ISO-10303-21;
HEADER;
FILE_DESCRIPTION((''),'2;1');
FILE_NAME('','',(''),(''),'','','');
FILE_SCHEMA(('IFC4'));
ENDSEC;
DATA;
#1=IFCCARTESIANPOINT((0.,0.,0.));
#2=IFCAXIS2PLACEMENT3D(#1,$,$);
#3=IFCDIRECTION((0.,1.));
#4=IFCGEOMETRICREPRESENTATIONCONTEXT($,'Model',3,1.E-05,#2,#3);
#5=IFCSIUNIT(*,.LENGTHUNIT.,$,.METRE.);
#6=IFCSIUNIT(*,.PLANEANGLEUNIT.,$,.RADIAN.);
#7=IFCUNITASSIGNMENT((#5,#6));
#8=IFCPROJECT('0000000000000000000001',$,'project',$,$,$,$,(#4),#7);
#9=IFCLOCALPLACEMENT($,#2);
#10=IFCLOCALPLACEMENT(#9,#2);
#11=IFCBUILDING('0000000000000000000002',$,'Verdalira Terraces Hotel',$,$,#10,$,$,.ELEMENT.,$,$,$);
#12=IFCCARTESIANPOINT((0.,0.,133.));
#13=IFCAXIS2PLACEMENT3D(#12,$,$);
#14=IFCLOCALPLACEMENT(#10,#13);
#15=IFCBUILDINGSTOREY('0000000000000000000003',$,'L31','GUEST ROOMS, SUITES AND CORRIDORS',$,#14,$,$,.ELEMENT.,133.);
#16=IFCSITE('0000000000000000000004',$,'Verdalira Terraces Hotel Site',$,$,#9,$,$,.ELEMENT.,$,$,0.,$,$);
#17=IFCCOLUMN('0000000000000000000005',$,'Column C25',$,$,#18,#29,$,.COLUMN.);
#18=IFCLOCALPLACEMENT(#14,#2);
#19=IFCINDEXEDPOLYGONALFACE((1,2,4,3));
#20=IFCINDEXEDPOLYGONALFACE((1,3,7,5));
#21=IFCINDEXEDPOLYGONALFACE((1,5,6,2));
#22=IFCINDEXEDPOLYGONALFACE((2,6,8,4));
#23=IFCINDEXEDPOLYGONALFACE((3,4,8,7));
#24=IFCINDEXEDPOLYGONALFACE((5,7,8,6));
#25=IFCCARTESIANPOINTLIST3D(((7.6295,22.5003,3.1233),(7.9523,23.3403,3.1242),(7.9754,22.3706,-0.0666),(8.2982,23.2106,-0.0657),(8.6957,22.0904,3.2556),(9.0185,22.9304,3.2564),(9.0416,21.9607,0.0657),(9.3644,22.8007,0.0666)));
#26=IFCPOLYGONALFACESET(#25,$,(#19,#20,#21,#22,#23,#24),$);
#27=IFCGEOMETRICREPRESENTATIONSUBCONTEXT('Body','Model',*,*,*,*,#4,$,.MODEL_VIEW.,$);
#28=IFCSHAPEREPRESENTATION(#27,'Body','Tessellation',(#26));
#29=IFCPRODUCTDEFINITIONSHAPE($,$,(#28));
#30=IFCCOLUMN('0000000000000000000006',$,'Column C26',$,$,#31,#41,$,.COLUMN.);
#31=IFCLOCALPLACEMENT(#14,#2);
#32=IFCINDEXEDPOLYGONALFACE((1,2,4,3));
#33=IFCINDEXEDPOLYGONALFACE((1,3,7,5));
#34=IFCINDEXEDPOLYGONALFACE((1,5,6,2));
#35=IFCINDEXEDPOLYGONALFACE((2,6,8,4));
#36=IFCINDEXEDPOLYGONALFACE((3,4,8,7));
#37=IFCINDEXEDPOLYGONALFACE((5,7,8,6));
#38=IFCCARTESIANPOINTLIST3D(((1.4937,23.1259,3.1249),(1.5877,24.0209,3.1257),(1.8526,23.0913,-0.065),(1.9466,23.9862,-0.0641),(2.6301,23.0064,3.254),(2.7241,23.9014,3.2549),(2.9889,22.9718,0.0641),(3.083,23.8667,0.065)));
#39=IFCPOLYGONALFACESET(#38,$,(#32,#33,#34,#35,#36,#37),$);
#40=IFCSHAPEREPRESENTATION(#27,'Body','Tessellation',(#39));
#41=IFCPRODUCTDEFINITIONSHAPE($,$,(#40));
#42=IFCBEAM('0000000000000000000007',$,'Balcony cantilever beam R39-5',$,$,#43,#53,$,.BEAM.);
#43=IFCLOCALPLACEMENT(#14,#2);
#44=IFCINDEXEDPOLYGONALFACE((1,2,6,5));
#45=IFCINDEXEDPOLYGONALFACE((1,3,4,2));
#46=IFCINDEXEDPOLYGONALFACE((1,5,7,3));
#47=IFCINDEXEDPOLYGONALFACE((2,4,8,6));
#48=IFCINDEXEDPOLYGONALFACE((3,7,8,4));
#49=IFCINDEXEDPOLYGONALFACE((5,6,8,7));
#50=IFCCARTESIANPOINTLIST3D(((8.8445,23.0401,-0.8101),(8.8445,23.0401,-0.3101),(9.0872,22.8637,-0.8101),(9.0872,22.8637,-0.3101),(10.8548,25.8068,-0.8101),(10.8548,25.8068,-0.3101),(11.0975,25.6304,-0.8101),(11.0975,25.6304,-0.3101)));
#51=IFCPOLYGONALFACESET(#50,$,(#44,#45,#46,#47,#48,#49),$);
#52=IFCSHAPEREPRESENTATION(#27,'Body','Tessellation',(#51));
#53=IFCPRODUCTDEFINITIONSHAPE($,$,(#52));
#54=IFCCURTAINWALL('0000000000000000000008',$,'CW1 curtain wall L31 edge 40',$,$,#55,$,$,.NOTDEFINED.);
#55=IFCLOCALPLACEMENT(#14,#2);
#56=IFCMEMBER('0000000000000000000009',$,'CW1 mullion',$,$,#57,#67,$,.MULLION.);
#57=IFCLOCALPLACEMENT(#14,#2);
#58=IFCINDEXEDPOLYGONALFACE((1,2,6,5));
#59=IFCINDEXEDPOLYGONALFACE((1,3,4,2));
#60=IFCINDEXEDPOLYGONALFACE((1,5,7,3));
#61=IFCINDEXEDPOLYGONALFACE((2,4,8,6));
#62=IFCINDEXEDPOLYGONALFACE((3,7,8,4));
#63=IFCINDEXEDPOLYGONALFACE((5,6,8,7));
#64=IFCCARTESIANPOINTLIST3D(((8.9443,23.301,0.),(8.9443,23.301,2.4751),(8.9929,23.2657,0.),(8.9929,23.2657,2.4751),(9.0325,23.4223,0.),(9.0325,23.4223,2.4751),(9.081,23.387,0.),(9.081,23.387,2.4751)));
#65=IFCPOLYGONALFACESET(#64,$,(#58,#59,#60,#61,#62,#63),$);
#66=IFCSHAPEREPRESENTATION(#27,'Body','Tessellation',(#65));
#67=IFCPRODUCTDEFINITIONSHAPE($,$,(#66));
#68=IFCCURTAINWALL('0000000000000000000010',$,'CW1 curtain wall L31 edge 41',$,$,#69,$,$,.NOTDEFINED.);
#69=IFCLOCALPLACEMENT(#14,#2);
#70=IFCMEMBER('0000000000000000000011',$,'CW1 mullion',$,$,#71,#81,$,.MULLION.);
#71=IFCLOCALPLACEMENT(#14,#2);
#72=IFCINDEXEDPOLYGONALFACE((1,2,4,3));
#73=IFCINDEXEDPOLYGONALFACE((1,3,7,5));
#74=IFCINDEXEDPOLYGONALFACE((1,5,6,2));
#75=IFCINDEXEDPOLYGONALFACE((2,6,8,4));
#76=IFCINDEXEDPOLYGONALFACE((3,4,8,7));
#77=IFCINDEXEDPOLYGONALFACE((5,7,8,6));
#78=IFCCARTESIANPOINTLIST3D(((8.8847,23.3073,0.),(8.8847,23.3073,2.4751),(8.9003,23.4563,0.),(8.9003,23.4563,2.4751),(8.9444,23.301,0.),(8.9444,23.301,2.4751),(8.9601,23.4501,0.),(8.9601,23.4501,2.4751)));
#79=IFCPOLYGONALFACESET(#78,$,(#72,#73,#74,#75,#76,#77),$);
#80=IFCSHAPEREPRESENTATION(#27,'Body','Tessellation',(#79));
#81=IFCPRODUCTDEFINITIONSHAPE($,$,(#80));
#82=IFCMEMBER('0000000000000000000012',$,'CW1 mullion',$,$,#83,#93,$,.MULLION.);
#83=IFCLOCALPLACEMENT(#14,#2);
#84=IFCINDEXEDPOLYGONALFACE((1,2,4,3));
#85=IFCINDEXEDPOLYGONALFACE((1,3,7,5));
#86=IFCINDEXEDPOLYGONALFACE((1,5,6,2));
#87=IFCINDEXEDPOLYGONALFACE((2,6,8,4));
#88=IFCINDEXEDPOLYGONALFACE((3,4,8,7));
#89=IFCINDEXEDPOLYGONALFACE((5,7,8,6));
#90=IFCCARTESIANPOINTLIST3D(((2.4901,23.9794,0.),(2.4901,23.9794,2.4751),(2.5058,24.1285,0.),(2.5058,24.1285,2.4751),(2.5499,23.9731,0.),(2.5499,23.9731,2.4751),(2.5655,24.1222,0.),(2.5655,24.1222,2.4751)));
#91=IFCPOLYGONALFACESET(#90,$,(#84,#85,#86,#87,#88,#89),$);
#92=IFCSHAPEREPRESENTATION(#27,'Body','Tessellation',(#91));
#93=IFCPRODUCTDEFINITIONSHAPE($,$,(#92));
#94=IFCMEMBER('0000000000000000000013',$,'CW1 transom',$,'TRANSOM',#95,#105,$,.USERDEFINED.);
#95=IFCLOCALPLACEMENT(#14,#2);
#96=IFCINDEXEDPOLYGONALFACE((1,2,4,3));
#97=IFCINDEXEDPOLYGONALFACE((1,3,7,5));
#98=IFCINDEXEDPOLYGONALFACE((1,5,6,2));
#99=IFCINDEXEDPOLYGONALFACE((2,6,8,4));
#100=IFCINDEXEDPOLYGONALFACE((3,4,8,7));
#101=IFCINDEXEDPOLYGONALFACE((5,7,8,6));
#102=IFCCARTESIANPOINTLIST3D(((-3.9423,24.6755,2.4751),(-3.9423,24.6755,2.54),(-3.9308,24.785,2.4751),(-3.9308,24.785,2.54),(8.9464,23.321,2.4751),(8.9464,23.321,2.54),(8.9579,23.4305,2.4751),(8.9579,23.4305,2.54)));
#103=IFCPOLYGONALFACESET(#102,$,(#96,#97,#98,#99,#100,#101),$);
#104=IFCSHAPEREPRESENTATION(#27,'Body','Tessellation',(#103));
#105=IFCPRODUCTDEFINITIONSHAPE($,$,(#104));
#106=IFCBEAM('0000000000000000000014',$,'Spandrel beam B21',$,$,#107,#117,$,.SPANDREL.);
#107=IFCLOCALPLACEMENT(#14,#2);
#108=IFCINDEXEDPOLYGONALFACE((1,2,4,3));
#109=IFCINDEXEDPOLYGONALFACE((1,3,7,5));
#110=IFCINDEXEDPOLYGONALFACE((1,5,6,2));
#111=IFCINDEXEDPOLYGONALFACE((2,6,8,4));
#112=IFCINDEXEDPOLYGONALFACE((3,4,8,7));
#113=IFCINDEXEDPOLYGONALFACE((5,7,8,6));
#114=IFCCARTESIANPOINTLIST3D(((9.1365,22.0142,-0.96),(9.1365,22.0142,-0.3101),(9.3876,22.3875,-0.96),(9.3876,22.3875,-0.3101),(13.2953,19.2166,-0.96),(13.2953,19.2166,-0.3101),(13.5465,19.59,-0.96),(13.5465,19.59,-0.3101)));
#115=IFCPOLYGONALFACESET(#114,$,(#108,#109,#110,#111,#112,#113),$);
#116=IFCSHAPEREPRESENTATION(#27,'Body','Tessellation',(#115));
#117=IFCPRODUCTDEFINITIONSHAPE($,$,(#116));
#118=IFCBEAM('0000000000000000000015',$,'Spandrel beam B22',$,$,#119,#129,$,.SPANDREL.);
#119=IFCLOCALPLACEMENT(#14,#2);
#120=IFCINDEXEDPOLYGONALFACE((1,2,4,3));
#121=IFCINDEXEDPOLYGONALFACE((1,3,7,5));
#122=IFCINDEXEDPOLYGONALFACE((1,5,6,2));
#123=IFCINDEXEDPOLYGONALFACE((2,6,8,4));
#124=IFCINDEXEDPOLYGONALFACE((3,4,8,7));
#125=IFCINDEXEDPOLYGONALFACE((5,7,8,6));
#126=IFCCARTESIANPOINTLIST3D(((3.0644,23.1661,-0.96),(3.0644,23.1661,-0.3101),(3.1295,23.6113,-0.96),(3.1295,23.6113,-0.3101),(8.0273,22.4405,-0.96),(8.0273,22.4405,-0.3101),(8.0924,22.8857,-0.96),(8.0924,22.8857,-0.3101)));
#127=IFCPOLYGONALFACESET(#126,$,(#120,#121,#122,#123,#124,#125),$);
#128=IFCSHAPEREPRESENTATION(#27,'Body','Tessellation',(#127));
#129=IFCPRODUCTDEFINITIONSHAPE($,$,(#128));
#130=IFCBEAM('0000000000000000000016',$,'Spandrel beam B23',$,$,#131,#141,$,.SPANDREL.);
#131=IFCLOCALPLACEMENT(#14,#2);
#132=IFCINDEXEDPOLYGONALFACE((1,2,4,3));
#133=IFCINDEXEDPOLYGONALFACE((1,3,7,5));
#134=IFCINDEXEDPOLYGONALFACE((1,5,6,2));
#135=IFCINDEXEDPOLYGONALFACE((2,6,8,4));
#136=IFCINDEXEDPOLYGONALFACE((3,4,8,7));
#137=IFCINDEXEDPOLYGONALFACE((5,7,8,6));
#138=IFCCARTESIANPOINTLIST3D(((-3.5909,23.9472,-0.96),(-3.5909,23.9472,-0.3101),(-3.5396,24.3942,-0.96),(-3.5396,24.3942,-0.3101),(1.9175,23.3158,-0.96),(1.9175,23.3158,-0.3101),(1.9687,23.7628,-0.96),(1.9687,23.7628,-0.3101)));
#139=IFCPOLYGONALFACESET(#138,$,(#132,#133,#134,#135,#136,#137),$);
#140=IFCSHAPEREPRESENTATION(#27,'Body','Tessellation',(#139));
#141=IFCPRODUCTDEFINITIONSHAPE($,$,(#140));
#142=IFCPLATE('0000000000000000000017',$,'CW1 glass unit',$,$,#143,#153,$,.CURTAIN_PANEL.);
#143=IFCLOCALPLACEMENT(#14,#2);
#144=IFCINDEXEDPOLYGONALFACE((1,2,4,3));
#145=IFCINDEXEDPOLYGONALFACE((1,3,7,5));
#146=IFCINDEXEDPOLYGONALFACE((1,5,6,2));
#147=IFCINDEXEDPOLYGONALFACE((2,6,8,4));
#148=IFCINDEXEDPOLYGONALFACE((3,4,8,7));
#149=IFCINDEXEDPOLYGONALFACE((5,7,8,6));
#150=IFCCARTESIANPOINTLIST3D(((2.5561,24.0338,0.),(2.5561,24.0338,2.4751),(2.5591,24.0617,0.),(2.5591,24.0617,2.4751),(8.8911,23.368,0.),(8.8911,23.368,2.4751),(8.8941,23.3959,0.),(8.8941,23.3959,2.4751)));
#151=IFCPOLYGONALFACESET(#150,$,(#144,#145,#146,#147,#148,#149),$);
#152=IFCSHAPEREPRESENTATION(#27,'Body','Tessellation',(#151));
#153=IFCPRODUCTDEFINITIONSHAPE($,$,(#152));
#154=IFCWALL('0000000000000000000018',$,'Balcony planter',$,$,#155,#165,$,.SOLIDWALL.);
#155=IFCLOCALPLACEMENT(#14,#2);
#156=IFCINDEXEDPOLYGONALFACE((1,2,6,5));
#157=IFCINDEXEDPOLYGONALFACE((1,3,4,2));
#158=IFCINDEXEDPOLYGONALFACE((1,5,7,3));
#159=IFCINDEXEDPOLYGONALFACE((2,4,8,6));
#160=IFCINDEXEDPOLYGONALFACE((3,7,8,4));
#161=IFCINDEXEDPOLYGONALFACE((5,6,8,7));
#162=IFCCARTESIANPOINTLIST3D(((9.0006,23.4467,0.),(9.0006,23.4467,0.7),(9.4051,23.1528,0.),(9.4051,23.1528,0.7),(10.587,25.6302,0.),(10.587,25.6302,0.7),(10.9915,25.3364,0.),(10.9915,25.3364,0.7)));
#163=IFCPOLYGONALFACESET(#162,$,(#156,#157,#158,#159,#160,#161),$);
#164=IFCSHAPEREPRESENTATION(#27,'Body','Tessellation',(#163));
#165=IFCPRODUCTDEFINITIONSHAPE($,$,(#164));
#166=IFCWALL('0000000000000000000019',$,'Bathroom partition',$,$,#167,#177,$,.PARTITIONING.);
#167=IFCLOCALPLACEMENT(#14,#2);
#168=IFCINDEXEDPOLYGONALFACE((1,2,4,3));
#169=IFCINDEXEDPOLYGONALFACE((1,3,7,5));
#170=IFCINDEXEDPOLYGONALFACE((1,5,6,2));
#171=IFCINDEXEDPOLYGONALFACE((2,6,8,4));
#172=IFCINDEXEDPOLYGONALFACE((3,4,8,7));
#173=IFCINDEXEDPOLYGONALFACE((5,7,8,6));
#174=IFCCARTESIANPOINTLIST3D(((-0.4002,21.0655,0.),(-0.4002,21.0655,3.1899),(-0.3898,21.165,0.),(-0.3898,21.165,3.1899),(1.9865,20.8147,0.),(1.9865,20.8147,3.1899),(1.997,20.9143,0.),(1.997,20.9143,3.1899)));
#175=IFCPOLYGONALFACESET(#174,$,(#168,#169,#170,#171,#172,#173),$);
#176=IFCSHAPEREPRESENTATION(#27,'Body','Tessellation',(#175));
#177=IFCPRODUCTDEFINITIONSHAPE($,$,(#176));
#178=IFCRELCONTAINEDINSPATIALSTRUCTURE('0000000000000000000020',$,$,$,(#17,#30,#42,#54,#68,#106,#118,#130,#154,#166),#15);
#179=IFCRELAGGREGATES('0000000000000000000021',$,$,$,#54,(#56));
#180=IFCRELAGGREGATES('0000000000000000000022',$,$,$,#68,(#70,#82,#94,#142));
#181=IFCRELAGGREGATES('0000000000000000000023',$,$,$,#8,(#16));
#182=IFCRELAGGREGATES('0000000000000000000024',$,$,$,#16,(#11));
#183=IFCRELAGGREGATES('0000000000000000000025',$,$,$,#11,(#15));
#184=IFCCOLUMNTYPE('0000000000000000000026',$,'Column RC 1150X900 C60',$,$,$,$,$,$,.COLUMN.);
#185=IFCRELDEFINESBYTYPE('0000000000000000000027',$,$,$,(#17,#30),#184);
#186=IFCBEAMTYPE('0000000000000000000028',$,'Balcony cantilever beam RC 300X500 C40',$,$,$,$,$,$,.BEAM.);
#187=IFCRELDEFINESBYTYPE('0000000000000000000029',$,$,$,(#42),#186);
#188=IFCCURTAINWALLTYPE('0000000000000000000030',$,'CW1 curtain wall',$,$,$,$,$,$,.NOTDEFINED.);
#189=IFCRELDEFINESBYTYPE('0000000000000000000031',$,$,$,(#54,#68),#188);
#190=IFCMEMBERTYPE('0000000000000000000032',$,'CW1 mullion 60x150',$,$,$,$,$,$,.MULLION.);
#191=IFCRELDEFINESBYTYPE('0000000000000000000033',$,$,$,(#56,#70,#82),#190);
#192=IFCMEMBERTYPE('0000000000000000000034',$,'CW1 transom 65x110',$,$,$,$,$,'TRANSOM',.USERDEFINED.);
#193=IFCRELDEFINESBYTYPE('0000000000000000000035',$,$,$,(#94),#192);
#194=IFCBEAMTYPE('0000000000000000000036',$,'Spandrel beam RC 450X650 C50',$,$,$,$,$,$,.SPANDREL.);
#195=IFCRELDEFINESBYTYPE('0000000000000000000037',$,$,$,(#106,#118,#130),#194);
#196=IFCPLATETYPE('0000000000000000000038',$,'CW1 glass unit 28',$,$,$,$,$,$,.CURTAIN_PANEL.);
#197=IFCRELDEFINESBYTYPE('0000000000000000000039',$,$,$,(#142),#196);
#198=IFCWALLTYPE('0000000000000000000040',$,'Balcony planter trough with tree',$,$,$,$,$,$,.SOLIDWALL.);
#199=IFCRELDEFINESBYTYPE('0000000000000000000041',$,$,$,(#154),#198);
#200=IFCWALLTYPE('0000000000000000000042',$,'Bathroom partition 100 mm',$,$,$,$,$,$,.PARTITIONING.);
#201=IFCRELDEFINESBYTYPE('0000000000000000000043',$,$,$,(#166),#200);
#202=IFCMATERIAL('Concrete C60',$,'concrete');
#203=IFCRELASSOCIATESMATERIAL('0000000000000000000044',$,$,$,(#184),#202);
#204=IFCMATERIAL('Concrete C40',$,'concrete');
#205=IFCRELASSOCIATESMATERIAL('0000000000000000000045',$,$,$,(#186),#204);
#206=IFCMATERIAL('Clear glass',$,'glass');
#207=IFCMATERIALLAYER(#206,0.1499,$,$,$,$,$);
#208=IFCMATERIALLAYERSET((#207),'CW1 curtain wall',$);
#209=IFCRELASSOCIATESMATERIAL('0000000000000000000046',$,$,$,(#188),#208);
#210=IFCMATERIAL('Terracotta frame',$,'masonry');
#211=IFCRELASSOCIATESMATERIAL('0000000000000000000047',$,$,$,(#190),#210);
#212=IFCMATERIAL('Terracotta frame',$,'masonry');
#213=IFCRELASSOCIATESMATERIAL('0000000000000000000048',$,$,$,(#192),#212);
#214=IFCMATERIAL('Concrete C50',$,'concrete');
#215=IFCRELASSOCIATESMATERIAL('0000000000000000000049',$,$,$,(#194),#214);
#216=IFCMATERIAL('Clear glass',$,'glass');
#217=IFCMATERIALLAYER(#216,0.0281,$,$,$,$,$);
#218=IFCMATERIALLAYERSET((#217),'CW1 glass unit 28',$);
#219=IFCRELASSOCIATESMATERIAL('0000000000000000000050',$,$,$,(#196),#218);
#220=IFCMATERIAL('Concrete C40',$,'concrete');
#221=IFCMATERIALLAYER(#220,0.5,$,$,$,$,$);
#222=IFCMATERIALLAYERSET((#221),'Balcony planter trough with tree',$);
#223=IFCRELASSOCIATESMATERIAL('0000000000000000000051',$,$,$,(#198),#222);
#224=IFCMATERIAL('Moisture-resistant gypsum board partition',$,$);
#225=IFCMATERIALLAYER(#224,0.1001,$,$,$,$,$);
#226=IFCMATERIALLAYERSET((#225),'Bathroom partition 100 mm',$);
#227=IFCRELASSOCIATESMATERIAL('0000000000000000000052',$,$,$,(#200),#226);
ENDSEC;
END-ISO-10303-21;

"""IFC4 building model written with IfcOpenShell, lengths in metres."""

from ifc_helpers import new_model, si_unit, direction, frame, frame_2d, origin, origin_2d, place, context, subcontext, project, spatial, rectangle, extrude, material, layer, layer_set, material_profile, profile_set, type_object, element, aggregate, save


model = new_model("IFC4")

# Units and contexts
model_context = context("Model", 3, precision=1e-05, world=origin(), true_north=direction((0.0, 1.0)))
body_context = subcontext(model_context, "Body", "Model", "MODEL_VIEW")
ifc_project = project(units=[si_unit("LENGTHUNIT", "METRE"), si_unit("PLANEANGLEUNIT", "RADIAN")], contexts=[model_context])

# Site, building, storey
site_placement = place(None, origin())
site = spatial("IfcSite", under=ifc_project, at=site_placement, Name="Verdalira Terraces Hotel Site", CompositionType="ELEMENT", RefElevation=0.0)
building_placement = place(site_placement, origin())
building = spatial("IfcBuilding", under=site, at=building_placement, Name="Verdalira Terraces Hotel", CompositionType="ELEMENT")
storey_placement = place(building_placement, frame((0.0, 0.0, 133.0)))
storey = spatial("IfcBuildingStorey", under=building, at=storey_placement, Name="L31", Description="GUEST ROOMS, SUITES AND CORRIDORS", CompositionType="ELEMENT", Elevation=133.0)

# Columns
ifc_material_1 = material(Name="Concrete C60", Category="concrete")
ifc_material_profile_1 = material_profile(ifc_material_1, rectangle(XDim=1.1499, YDim=0.8999, at=origin_2d()), Name="RC 1150X900")
ifc_profile_set_1 = profile_set([ifc_material_profile_1], Name="Concrete C60")
column_type = type_object("IfcColumnType", Name="Column RC 1150X900 C60", PredefinedType="COLUMN", material=ifc_profile_set_1)
column_1_placement = place(storey_placement, frame((8.6699, 22.5857, 0.0), z_axis=(-0.107729, 0.04037, 0.99336), x_axis=(0.927201, -0.356461, 0.115041)))
element("IfcColumn", 1, at=column_1_placement, inside=storey, type_object=column_type, Name="Column C25", PredefinedType="COLUMN", context=body_context, shape_type="SweptSolid", body=[
    extrude(rectangle(XDim=1.1499, YDim=0.8999, at=origin_2d()), origin(), (0.0, 0.0, 1.0), 3.2112),
])
column_2_placement = place(storey_placement, frame((2.4678, 23.479, 0.0), z_axis=(-0.111794, 0.010799, 0.993673), x_axis=(-0.988223, 0.103932, -0.11231)))
element("IfcColumn", 2, at=column_2_placement, inside=storey, type_object=column_type, Name="Column C26", PredefinedType="COLUMN", context=body_context, shape_type="SweptSolid", body=[
    extrude(rectangle(XDim=1.1499, YDim=0.8999, at=origin_2d()), origin(), (0.0, 0.0, 1.0), 3.2102),
])

# Beam
ifc_material_2 = material(Name="Concrete C40", Category="concrete")
ifc_material_profile_2 = material_profile(ifc_material_2, rectangle(XDim=0.3, YDim=0.5, at=origin_2d()), Name="RC 300X500")
ifc_profile_set_2 = profile_set([ifc_material_profile_2], Name="Concrete C40")
beam_type_1 = type_object("IfcBeamType", Name="Balcony cantilever beam RC 300X500 C40", PredefinedType="BEAM", material=ifc_profile_set_2)
beam_1_placement = place(storey_placement, frame((8.9658, 22.9519, -0.5601), z_axis=(0.587824, 0.808989, 0.0), x_axis=(-0.808989, 0.587824, 0.0)))
element("IfcBeam", 3, at=beam_1_placement, inside=storey, type_object=beam_type_1, Name="Balcony cantilever beam R39-5", PredefinedType="BEAM", context=body_context, shape_type="SweptSolid", body=[
    extrude(rectangle(XDim=0.3, YDim=0.5, at=origin_2d()), origin(), (0.0, 0.0, 1.0), 3.4199),
])

# Curtain wall, member
ifc_material_3 = material(Name="Clear glass", Category="glass")
ifc_layer_1 = layer(ifc_material_3, 0.1499)
ifc_layer_set_1 = layer_set([ifc_layer_1], Name="CW1 curtain wall")
curtain_wall_type = type_object("IfcCurtainWallType", Name="CW1 curtain wall", PredefinedType="NOTDEFINED", material=ifc_layer_set_1)
curtain_wall_1_placement = place(storey_placement, origin())
curtain_wall_1 = element("IfcCurtainWall", 4, at=curtain_wall_1_placement, inside=storey, type_object=curtain_wall_type, Name="CW1 curtain wall L31 edge 40", PredefinedType="NOTDEFINED")
ifc_material_4 = material(Name="Terracotta frame", Category="masonry")
ifc_material_profile_3 = material_profile(ifc_material_4, rectangle(XDim=0.0601, YDim=0.1499, at=origin_2d()), Name="MU 60x150")
ifc_profile_set_3 = profile_set([ifc_material_profile_3], Name="Terracotta frame")
member_type_1 = type_object("IfcMemberType", Name="CW1 mullion 60x150", PredefinedType="MULLION", material=ifc_profile_set_3)
member_1_placement = place(storey_placement, frame((9.0127, 23.344, 0.0), z_axis=(0.0, 0.0, 1.0), x_axis=(-0.809017, 0.587785, 0.0)))
member_1 = element("IfcMember", 5, at=member_1_placement, type_object=member_type_1, Name="CW1 mullion", PredefinedType="MULLION", context=body_context, shape_type="SweptSolid", body=[
    extrude(rectangle(XDim=0.0601, YDim=0.1499, at=origin_2d()), origin(), (0.0, 0.0, 1.0), 2.4751),
])
aggregate(curtain_wall_1, [member_1])

# Curtain wall, members
curtain_wall_2_placement = place(storey_placement, origin())
curtain_wall_2 = element("IfcCurtainWall", 6, at=curtain_wall_2_placement, inside=storey, type_object=curtain_wall_type, Name="CW1 curtain wall L31 edge 41", PredefinedType="NOTDEFINED")
member_2_placement = place(storey_placement, frame((8.9224, 23.3787, 0.0), z_axis=(0.0, 0.0, 1.0), x_axis=(-0.994522, 0.104528, 0.0)))
member_2 = element("IfcMember", 7, at=member_2_placement, type_object=member_type_1, Name="CW1 mullion", PredefinedType="MULLION", context=body_context, shape_type="SweptSolid", body=[
    extrude(rectangle(XDim=0.0601, YDim=0.1499, at=origin_2d()), origin(), (0.0, 0.0, 1.0), 2.4751),
])
member_3_placement = place(storey_placement, frame((2.5278, 24.0508, 0.0), z_axis=(0.0, 0.0, 1.0), x_axis=(-0.994522, 0.104528, 0.0)))
member_3 = element("IfcMember", 8, at=member_3_placement, type_object=member_type_1, Name="CW1 mullion", PredefinedType="MULLION", context=body_context, shape_type="SweptSolid", body=[
    extrude(rectangle(XDim=0.0601, YDim=0.1499, at=origin_2d()), origin(), (0.0, 0.0, 1.0), 2.4751),
])
ifc_material_5 = material(Name="Terracotta frame", Category="masonry")
ifc_material_profile_4 = material_profile(ifc_material_5, rectangle(XDim=0.1101, YDim=0.0649, at=origin_2d()), Name="TR 65x110")
ifc_profile_set_4 = profile_set([ifc_material_profile_4], Name="Terracotta frame")
member_type_2 = type_object("IfcMemberType", Name="CW1 transom 65x110", ElementType="TRANSOM", PredefinedType="USERDEFINED", material=ifc_profile_set_4)
member_4_placement = place(storey_placement, frame((8.9521, 23.3757, 2.5076), z_axis=(-0.994523, 0.104516, 0.0), x_axis=(-0.104516, -0.994523, 0.0)))
member_4 = element("IfcMember", 9, at=member_4_placement, type_object=member_type_2, Name="CW1 transom", ObjectType="TRANSOM", PredefinedType="USERDEFINED", context=body_context, shape_type="SweptSolid", body=[
    extrude(rectangle(XDim=0.1101, YDim=0.0649, at=origin_2d()), origin(), (0.0, 0.0, 1.0), 12.9597),
])

# Beams
ifc_material_6 = material(Name="Concrete C50", Category="concrete")
ifc_material_profile_5 = material_profile(ifc_material_6, rectangle(XDim=0.45, YDim=0.6499, at=origin_2d()), Name="RC 450X650")
ifc_profile_set_5 = profile_set([ifc_material_profile_5], Name="Concrete C50")
beam_type_2 = type_object("IfcBeamType", Name="Spandrel beam RC 450X650 C50", PredefinedType="SPANDREL", material=ifc_profile_set_5)
beam_2_placement = place(storey_placement, frame((13.4209, 19.4033, -0.635), z_axis=(-0.829743, 0.558146, 0.0), x_axis=(-0.558146, -0.829743, 0.0)))
element("IfcBeam", 10, at=beam_2_placement, inside=storey, type_object=beam_type_2, Name="Spandrel beam B21", PredefinedType="SPANDREL", context=body_context, shape_type="SweptSolid", body=[
    extrude(rectangle(XDim=0.45, YDim=0.6499, at=origin_2d()), origin(), (0.0, 0.0, 1.0), 5.0122),
])
beam_3_placement = place(storey_placement, frame((8.0598, 22.6631, -0.635), z_axis=(-0.989481, 0.144664, 0.0), x_axis=(-0.144664, -0.989481, 0.0)))
element("IfcBeam", 11, at=beam_3_placement, inside=storey, type_object=beam_type_2, Name="Spandrel beam B22", PredefinedType="SPANDREL", context=body_context, shape_type="SweptSolid", body=[
    extrude(rectangle(XDim=0.45, YDim=0.6499, at=origin_2d()), origin(), (0.0, 0.0, 1.0), 5.0156),
])
beam_4_placement = place(storey_placement, frame((1.9431, 23.5393, -0.635), z_axis=(-0.993495, 0.113872, 0.0), x_axis=(-0.113872, -0.993495, 0.0)))
element("IfcBeam", 12, at=beam_4_placement, inside=storey, type_object=beam_type_2, Name="Spandrel beam B23", PredefinedType="SPANDREL", context=body_context, shape_type="SweptSolid", body=[
    extrude(rectangle(XDim=0.45, YDim=0.6499, at=origin_2d()), origin(), (0.0, 0.0, 1.0), 5.5444),
])

# Plate
ifc_material_7 = material(Name="Clear glass", Category="glass")
ifc_layer_2 = layer(ifc_material_7, 0.0281)
ifc_layer_set_2 = layer_set([ifc_layer_2], Name="CW1 glass unit 28")
plate_type = type_object("IfcPlateType", Name="CW1 glass unit 28", PredefinedType="CURTAIN_PANEL", material=ifc_layer_set_2)
plate_placement = place(storey_placement, frame((5.7251, 23.7148, 0.0), z_axis=(0.0, 0.0, 1.0), x_axis=(-0.994522, 0.104528, 0.0)))
plate = element("IfcPlate", 13, at=plate_placement, type_object=plate_type, Name="CW1 glass unit", PredefinedType="CURTAIN_PANEL", context=body_context, shape_type="SweptSolid", body=[
    extrude(rectangle(XDim=6.3699, YDim=0.0281, at=origin_2d()), origin(), (0.0, 0.0, 1.0), 2.4751),
])
aggregate(curtain_wall_2, [member_2, member_3, member_4, plate])

# Walls
ifc_material_8 = material(Name="Concrete C40", Category="concrete")
ifc_layer_3 = layer(ifc_material_8, 0.5)
ifc_layer_set_3 = layer_set([ifc_layer_3], Name="Balcony planter trough with tree")
wall_type_1 = type_object("IfcWallType", Name="Balcony planter trough with tree", PredefinedType="SOLIDWALL", material=ifc_layer_set_3)
wall_1_placement = place(storey_placement, frame((10.7893, 25.4834, 0.0), z_axis=(0.0, 0.0, 1.0), x_axis=(-0.587774, -0.809025, 0.0)))
element("IfcWall", 14, at=wall_1_placement, inside=storey, type_object=wall_type_1, Name="Balcony planter", PredefinedType="SOLIDWALL", context=body_context, shape_type="SweptSolid", body=[
    extrude(rectangle(XDim=2.699, YDim=0.5, at=frame_2d((1.3496, 0.0))), origin(), (0.0, 0.0, 1.0), 0.7),
])
ifc_material_9 = material(Name="Moisture-resistant gypsum board partition")
ifc_layer_4 = layer(ifc_material_9, 0.1001)
ifc_layer_set_4 = layer_set([ifc_layer_4], Name="Bathroom partition 100 mm")
wall_type_2 = type_object("IfcWallType", Name="Bathroom partition 100 mm", PredefinedType="PARTITIONING", material=ifc_layer_set_4)
wall_2_placement = place(storey_placement, frame((-0.395, 21.1152, 0.0), z_axis=(0.0, 0.0, 1.0), x_axis=(0.994527, -0.104478, 0.0)))
element("IfcWall", 15, at=wall_2_placement, inside=storey, type_object=wall_type_2, Name="Bathroom partition", PredefinedType="PARTITIONING", context=body_context, shape_type="SweptSolid", body=[
    extrude(rectangle(XDim=2.3999, YDim=0.1001, at=frame_2d((1.2, 0.0))), origin(), (0.0, 0.0, 1.0), 3.1899),
])

save(model, "model.ifc")
